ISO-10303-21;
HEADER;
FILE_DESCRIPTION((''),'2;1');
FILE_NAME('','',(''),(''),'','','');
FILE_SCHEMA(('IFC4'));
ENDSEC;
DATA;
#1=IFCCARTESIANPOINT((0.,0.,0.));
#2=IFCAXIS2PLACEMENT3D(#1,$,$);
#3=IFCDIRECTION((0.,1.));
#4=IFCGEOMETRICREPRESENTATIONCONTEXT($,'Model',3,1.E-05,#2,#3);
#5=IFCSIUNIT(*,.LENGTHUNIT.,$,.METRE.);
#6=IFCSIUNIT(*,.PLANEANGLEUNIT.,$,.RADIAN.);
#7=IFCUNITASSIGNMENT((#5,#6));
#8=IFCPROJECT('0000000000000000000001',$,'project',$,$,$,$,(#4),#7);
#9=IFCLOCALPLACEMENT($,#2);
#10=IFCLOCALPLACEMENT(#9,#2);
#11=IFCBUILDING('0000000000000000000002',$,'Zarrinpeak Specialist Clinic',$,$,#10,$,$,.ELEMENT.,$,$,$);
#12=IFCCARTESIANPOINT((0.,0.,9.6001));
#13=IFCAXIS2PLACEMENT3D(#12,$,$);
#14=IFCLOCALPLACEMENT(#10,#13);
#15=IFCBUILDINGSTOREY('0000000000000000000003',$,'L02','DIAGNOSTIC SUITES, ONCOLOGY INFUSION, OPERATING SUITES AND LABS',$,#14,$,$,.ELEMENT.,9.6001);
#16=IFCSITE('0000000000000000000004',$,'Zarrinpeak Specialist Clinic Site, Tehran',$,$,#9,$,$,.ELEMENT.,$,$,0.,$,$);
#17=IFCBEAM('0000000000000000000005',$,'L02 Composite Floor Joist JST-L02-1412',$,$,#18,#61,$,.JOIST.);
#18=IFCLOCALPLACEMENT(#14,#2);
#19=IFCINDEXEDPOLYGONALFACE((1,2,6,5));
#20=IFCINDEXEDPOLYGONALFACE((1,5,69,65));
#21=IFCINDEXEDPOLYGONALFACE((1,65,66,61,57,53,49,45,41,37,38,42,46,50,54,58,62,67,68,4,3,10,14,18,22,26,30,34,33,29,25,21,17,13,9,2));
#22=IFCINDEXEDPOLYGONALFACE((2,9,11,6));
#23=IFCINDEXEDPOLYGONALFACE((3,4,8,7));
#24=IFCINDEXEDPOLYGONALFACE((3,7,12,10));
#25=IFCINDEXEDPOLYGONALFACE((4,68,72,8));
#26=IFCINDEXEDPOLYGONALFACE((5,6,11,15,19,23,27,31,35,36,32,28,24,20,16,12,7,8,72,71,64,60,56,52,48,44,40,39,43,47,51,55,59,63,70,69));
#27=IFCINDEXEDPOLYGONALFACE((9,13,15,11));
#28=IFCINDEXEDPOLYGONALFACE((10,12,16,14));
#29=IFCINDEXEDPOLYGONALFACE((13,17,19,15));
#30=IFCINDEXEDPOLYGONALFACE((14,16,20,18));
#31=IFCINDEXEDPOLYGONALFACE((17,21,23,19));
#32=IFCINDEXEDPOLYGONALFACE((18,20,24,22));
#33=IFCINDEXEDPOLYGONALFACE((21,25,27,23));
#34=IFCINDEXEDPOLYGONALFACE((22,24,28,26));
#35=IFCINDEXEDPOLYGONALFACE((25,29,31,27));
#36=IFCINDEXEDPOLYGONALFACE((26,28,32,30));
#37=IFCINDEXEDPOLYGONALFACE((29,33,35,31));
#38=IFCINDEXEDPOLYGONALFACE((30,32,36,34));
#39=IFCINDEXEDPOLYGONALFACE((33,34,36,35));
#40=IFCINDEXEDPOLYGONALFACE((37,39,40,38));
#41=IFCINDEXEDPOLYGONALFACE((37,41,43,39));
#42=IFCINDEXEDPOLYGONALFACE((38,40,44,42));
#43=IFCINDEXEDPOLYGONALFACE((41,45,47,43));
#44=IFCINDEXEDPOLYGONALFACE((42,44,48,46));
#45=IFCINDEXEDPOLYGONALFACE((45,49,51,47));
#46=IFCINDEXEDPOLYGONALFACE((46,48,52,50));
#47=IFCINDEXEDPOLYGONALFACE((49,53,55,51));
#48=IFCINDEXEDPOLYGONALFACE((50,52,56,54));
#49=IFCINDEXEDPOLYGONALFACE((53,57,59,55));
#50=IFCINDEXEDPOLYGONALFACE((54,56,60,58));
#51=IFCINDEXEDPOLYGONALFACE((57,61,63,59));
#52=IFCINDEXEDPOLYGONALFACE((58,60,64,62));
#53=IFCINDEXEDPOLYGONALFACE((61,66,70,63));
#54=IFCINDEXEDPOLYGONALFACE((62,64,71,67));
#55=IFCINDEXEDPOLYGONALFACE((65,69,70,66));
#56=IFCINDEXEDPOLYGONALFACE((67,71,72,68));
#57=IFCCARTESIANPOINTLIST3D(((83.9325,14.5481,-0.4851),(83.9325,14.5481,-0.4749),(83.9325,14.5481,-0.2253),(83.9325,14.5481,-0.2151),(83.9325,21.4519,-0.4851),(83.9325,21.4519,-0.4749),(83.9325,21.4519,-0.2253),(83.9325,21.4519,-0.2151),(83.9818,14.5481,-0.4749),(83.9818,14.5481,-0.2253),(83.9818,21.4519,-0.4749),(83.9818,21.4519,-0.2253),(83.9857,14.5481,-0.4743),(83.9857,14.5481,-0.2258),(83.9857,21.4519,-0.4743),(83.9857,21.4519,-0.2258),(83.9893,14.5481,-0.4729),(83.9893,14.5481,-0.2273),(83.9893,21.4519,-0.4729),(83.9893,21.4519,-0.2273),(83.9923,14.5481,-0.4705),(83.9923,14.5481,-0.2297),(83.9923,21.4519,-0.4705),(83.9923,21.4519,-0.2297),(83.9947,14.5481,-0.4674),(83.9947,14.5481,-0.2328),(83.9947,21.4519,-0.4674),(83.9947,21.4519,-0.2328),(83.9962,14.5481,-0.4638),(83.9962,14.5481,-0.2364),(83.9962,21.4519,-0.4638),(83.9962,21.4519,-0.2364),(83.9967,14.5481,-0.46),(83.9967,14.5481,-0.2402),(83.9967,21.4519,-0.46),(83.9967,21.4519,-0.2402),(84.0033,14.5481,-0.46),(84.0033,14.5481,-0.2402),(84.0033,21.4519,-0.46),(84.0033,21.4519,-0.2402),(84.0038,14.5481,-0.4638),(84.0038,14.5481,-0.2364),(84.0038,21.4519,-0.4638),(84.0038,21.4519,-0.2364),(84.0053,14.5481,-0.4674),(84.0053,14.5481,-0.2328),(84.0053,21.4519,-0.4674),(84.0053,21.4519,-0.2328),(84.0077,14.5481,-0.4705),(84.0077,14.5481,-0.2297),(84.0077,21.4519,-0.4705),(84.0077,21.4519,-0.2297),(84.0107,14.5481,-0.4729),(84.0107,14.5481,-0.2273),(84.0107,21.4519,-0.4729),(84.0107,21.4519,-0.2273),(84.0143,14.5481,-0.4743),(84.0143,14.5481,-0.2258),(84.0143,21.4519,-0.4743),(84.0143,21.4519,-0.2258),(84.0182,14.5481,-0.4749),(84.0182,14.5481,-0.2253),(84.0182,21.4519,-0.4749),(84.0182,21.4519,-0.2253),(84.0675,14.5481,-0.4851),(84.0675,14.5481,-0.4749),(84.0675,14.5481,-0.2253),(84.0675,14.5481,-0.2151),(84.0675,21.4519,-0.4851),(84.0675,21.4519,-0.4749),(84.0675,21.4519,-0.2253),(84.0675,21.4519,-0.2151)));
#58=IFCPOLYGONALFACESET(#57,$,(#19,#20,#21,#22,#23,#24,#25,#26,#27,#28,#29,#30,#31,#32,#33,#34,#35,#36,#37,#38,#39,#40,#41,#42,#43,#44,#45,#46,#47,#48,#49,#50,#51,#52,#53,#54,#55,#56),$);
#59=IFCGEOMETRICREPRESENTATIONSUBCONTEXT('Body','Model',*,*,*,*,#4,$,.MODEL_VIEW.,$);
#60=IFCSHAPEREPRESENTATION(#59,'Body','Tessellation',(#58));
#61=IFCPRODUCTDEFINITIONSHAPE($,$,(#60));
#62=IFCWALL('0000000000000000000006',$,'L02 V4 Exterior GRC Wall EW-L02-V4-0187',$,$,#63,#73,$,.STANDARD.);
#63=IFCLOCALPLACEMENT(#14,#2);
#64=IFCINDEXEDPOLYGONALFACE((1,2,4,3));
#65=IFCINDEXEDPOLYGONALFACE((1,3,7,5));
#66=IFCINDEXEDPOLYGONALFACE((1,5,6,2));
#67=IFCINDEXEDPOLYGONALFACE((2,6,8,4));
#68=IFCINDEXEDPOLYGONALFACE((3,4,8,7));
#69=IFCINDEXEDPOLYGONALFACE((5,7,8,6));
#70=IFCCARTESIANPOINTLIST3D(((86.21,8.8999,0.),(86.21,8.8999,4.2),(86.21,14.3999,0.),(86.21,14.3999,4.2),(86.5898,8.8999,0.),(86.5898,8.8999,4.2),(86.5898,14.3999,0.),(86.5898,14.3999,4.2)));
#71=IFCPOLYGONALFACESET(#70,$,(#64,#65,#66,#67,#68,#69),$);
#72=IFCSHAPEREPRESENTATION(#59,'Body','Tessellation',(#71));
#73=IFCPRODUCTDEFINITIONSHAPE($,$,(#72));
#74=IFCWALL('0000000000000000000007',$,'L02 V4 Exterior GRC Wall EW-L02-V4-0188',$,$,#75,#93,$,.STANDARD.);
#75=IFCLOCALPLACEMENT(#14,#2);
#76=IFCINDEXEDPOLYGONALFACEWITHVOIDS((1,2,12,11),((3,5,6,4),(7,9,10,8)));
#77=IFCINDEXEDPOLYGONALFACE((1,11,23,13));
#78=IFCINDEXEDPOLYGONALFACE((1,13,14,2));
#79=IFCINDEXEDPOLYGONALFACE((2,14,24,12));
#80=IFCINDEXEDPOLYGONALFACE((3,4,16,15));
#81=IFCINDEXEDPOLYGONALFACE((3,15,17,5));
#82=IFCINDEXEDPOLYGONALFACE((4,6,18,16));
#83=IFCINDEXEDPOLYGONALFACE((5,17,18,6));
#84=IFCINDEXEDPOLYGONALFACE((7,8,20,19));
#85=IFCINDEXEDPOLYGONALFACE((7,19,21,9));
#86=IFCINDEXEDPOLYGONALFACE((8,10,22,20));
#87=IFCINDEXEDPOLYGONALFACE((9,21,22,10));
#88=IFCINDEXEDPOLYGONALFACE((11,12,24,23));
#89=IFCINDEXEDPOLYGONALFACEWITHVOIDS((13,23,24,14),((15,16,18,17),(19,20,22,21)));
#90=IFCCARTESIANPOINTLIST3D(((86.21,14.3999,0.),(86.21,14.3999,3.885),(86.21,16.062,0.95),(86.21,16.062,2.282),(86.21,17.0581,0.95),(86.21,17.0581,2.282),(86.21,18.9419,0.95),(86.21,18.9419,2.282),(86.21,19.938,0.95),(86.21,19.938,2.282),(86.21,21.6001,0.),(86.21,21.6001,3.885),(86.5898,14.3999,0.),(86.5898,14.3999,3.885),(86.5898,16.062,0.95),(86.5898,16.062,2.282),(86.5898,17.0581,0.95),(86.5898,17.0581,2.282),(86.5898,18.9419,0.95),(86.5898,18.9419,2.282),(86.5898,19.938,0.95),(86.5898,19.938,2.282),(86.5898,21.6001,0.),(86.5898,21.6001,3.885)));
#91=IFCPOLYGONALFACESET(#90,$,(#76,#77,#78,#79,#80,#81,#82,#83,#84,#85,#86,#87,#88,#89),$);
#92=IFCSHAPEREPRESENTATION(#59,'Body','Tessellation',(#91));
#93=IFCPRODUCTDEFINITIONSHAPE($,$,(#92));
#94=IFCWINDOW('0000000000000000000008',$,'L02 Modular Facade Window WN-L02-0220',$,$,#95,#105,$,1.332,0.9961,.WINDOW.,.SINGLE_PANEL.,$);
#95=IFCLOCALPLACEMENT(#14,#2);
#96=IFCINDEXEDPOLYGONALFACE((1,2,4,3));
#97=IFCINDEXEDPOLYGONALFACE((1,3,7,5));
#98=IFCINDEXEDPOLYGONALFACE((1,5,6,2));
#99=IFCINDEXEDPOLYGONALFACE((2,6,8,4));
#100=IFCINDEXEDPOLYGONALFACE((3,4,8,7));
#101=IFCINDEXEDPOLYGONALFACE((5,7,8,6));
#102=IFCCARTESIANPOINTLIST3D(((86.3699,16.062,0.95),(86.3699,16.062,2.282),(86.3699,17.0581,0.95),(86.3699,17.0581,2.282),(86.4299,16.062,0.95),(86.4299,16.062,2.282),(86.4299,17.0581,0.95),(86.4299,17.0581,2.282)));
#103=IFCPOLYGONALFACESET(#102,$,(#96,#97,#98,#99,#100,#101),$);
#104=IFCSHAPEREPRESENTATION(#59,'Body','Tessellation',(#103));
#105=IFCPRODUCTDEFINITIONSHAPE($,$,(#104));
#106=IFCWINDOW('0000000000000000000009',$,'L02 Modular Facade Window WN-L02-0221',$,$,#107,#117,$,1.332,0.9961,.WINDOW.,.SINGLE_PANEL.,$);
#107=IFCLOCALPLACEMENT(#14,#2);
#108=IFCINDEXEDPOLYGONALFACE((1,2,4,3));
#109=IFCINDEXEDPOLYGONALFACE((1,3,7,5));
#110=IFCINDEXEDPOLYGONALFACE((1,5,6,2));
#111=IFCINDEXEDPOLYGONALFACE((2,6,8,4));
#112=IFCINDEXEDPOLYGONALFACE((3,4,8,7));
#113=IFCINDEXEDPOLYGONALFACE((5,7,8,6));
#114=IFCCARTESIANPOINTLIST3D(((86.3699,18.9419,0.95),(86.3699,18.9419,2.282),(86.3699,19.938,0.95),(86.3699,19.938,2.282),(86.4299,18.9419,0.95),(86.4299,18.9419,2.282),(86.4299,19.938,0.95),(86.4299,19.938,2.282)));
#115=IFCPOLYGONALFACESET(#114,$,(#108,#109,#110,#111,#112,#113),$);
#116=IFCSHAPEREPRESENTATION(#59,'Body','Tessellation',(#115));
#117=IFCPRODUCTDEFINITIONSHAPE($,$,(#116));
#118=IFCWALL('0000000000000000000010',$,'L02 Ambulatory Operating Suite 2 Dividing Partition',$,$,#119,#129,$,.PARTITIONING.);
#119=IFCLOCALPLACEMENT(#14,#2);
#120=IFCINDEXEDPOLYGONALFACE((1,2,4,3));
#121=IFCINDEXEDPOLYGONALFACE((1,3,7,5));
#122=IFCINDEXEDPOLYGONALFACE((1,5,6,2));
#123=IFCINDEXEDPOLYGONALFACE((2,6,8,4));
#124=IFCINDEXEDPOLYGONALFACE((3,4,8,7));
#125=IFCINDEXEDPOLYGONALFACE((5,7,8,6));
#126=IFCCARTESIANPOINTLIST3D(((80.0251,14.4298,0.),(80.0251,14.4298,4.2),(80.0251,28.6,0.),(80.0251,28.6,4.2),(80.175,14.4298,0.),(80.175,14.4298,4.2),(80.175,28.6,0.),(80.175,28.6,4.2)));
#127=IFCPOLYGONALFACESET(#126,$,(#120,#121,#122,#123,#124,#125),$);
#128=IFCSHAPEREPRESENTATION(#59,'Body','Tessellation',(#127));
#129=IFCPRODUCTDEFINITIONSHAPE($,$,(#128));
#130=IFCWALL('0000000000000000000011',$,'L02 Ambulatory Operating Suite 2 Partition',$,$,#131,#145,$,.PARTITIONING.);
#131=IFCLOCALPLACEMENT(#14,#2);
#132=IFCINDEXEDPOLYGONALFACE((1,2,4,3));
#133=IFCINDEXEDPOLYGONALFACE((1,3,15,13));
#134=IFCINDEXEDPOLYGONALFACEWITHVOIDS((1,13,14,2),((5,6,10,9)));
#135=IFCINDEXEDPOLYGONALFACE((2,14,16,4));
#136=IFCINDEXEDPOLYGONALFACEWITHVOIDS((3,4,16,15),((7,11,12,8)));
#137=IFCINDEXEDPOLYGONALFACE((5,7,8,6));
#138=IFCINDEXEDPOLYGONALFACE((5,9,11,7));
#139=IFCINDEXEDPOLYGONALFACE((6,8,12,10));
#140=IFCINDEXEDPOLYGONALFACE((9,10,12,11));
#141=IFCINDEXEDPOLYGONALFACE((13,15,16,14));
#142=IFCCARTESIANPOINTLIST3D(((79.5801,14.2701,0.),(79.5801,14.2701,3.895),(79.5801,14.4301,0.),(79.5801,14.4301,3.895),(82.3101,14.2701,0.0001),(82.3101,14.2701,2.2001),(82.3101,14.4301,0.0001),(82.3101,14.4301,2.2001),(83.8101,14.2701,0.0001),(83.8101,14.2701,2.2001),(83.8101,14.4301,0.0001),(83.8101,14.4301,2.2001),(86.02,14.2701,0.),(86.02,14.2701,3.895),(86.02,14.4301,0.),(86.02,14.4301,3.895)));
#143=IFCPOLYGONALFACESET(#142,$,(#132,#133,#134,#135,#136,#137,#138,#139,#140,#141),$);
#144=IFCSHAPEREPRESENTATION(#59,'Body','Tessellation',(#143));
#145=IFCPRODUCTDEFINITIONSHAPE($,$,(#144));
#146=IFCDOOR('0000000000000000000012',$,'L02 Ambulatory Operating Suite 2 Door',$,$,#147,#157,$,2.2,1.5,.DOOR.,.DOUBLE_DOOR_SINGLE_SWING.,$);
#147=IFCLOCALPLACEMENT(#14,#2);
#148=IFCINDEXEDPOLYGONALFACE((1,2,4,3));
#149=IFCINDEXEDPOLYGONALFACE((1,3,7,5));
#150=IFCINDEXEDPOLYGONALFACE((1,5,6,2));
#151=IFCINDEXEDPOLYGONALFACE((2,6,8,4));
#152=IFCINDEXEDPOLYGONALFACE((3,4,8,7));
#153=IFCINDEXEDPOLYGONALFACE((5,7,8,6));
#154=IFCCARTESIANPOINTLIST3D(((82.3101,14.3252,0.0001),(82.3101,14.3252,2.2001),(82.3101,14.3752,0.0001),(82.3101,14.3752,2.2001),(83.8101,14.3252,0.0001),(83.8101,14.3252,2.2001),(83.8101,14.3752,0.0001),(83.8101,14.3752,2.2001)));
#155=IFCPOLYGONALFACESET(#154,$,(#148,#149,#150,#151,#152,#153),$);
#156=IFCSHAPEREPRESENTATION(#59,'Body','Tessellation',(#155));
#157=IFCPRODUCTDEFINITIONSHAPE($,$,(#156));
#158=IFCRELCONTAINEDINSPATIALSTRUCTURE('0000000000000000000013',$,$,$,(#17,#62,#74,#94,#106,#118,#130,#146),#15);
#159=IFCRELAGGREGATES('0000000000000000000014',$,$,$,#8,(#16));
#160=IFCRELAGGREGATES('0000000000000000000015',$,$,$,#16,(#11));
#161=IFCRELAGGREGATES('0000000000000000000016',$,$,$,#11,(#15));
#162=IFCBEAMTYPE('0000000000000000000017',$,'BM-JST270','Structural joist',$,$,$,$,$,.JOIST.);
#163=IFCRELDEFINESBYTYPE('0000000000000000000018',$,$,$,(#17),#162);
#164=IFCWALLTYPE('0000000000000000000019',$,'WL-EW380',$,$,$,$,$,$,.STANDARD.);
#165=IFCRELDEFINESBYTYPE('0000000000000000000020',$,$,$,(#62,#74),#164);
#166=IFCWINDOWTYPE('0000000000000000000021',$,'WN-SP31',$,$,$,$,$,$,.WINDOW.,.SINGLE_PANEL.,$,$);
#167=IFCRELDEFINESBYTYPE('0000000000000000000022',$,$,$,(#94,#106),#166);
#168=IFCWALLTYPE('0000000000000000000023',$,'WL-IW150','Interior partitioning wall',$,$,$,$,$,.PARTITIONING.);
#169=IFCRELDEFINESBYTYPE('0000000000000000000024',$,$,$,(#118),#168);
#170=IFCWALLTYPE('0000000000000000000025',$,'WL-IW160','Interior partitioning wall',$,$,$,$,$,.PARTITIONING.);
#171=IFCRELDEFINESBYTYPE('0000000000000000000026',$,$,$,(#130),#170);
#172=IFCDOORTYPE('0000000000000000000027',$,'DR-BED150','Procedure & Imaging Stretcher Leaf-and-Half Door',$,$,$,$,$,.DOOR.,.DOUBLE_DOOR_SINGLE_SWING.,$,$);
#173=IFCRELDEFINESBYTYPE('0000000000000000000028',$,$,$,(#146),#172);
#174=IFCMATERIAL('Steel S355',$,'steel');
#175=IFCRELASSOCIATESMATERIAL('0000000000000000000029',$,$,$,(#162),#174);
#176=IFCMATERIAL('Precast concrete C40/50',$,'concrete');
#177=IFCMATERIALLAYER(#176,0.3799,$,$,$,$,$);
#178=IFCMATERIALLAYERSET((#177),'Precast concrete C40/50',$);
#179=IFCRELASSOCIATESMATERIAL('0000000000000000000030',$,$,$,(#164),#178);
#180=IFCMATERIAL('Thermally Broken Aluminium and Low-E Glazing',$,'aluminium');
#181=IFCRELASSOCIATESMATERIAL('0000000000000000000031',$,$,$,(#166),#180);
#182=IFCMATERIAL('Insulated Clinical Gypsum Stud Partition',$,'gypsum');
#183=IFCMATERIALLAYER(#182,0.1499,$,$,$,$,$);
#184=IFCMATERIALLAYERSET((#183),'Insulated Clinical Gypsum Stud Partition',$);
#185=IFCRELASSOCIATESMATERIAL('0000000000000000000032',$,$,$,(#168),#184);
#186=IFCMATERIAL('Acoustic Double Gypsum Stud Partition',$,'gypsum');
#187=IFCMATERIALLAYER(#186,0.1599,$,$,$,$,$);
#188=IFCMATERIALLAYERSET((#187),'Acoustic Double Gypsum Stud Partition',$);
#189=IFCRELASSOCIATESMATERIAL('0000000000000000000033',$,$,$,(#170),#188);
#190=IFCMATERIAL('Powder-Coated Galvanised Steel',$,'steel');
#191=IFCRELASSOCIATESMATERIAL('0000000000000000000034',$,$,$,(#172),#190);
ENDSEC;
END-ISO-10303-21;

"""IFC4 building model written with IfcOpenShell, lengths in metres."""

from ifc_helpers import new_model, si_unit, direction, frame, frame_2d, origin, origin_2d, place, context, subcontext, project, spatial, rectangle, i_section, extrude, material, layer, layer_set, material_profile, profile_set, type_object, element, fill, save


model = new_model("IFC4")

# Units and contexts
model_context = context("Model", 3, precision=1e-05, world=origin(), true_north=direction((0.0, 1.0)))
body_context = subcontext(model_context, "Body", "Model", "MODEL_VIEW")
ifc_project = project(units=[si_unit("LENGTHUNIT", "METRE"), si_unit("PLANEANGLEUNIT", "RADIAN")], contexts=[model_context])

# Site, building, storey
site_placement = place(None, origin())
site = spatial("IfcSite", under=ifc_project, at=site_placement, Name="Zarrinpeak Specialist Clinic Site, Tehran", CompositionType="ELEMENT", RefElevation=0.0)
building_placement = place(site_placement, origin())
building = spatial("IfcBuilding", under=site, at=building_placement, Name="Zarrinpeak Specialist Clinic", CompositionType="ELEMENT")
storey_placement = place(building_placement, frame((0.0, 0.0, 9.6001)))
storey = spatial("IfcBuildingStorey", under=building, at=storey_placement, Name="L02", Description="DIAGNOSTIC SUITES, ONCOLOGY INFUSION, OPERATING SUITES AND LABS", CompositionType="ELEMENT", Elevation=9.6001)

# Shared definitions
ifc_material_1 = material(Name="Steel S355", Category="steel")

# Beam
ifc_material_profile_1 = material_profile(ifc_material_1, i_section(OverallWidth=0.135, OverallDepth=0.27, WebThickness=0.0066, FlangeThickness=0.0103, FilletRadius=0.0149, at=origin_2d()), Name="IPE 270")
ifc_profile_set_1 = profile_set([ifc_material_profile_1], Name="Steel S355")
beam_type_1 = type_object("IfcBeamType", Name="BM-JST270", Description="Structural joist", PredefinedType="JOIST", material=ifc_profile_set_1)
for number, where, z_axis, x_axis, name in (
    (1, (84.0, 14.5481, -0.3501), (0.0, 1.0, 0.0), (-1.0, 0.0, 0.0), "L02 Composite Floor Joist JST-L02-1412"),
):
    element("IfcBeam", number, at=place(storey_placement, frame(where, z_axis=z_axis, x_axis=x_axis)), inside=storey, type_object=beam_type_1, Name=name, PredefinedType="JOIST", context=body_context, shape_type="SweptSolid", body=[
        extrude(i_section(OverallWidth=0.135, OverallDepth=0.27, WebThickness=0.0066, FlangeThickness=0.0103, FilletRadius=0.0149, at=origin_2d()), origin(), (0.0, 0.0, 1.0), 6.9038),
    ])

# Shared definitions
ifc_material_2 = material(Name="Powder-Coated Galvanised Steel", Category="steel")

# Wall
ifc_material_3 = material(Name="Precast concrete C40/50", Category="concrete")
ifc_layer_1 = layer(ifc_material_3, 0.3799)
ifc_layer_set_1 = layer_set([ifc_layer_1], Name="Precast concrete C40/50")
wall_type_1 = type_object("IfcWallType", Name="WL-EW380", PredefinedType="STANDARD", material=ifc_layer_set_1)
wall_1_placement = place(storey_placement, frame((86.3999, 8.8999, 0.0), z_axis=(0.0, 0.0, 1.0), x_axis=(0.0, 1.0, 0.0)))
element("IfcWall", 2, at=wall_1_placement, inside=storey, type_object=wall_type_1, Name="L02 V4 Exterior GRC Wall EW-L02-V4-0187", PredefinedType="STANDARD", context=body_context, shape_type="SweptSolid", body=[
    extrude(rectangle(XDim=5.5, YDim=0.3799, at=frame_2d((2.75, 0.0))), origin(), (0.0, 0.0, 1.0), 4.2),
])

# Wall, openings, windows
wall_2_placement = place(storey_placement, frame((86.3999, 14.3999, 0.0), z_axis=(0.0, 0.0, 1.0), x_axis=(0.0, 1.0, 0.0)))
wall_2 = element("IfcWall", 3, at=wall_2_placement, inside=storey, type_object=wall_type_1, Name="L02 V4 Exterior GRC Wall EW-L02-V4-0188", PredefinedType="STANDARD", context=body_context, shape_type="SweptSolid", body=[
    extrude(rectangle(XDim=7.2002, YDim=0.3799, at=frame_2d((3.6001, 0.0))), origin(), (0.0, 0.0, 1.0), 3.885),
])
opening_1_placement = place(wall_2_placement, frame((1.6621, 0.0, 0.95)))
opening_1 = element("IfcOpeningElement", 4, at=opening_1_placement, cuts=wall_2, PredefinedType="OPENING", context=body_context, shape_type="SweptSolid", body=[
    extrude(rectangle(XDim=0.9961, YDim=1.332, at=frame_2d((0.498, 0.666))), frame((0.0, 0.2, 0.0), z_axis=(0.0, -1.0, 0.0), x_axis=(1.0, 0.0, 0.0)), (0.0, 0.0, 1.0), 0.3999),
])
opening_2_placement = place(wall_2_placement, frame((4.542, 0.0, 0.95)))
opening_2 = element("IfcOpeningElement", 5, at=opening_2_placement, cuts=wall_2, PredefinedType="OPENING", context=body_context, shape_type="SweptSolid", body=[
    extrude(rectangle(XDim=0.9961, YDim=1.332, at=frame_2d((0.498, 0.666))), frame((0.0, 0.2, 0.0), z_axis=(0.0, -1.0, 0.0), x_axis=(1.0, 0.0, 0.0)), (0.0, 0.0, 1.0), 0.3999),
])
ifc_material_4 = material(Name="Thermally Broken Aluminium and Low-E Glazing", Category="aluminium")
window_type = type_object("IfcWindowType", Name="WN-SP31", PartitioningType="SINGLE_PANEL", PredefinedType="WINDOW", material=ifc_material_4)
window_1_placement = place(opening_1_placement, origin())
window_1 = element("IfcWindow", 6, at=window_1_placement, inside=storey, type_object=window_type, Name="L02 Modular Facade Window WN-L02-0220", OverallHeight=1.332, OverallWidth=0.9961, PartitioningType="SINGLE_PANEL", PredefinedType="WINDOW", context=body_context, shape_type="SweptSolid", body=[
    extrude(rectangle(XDim=0.9961, YDim=1.332, at=frame_2d((0.498, 0.666))), frame((0.0, 0.03, 0.0), z_axis=(0.0, -1.0, 0.0), x_axis=(1.0, 0.0, 0.0)), (0.0, 0.0, 1.0), 0.0601),
])
fill(opening_1, window_1)
window_2_placement = place(opening_2_placement, origin())
window_2 = element("IfcWindow", 7, at=window_2_placement, inside=storey, type_object=window_type, Name="L02 Modular Facade Window WN-L02-0221", OverallHeight=1.332, OverallWidth=0.9961, PartitioningType="SINGLE_PANEL", PredefinedType="WINDOW", context=body_context, shape_type="SweptSolid", body=[
    extrude(rectangle(XDim=0.9961, YDim=1.332, at=frame_2d((0.498, 0.666))), frame((0.0, 0.03, 0.0), z_axis=(0.0, -1.0, 0.0), x_axis=(1.0, 0.0, 0.0)), (0.0, 0.0, 1.0), 0.0601),
])
fill(opening_2, window_2)

# Wall
ifc_material_5 = material(Name="Insulated Clinical Gypsum Stud Partition", Category="gypsum")
ifc_layer_2 = layer(ifc_material_5, 0.1499)
ifc_layer_set_2 = layer_set([ifc_layer_2], Name="Insulated Clinical Gypsum Stud Partition")
wall_type_2 = type_object("IfcWallType", Name="WL-IW150", Description="Interior partitioning wall", PredefinedType="PARTITIONING", material=ifc_layer_set_2)
wall_3_placement = place(storey_placement, frame((80.1001, 14.4299, 0.0), z_axis=(0.0, 0.0, 1.0), x_axis=(0.0, 1.0, 0.0)))
element("IfcWall", 8, at=wall_3_placement, inside=storey, type_object=wall_type_2, Name="L02 Ambulatory Operating Suite 2 Dividing Partition", PredefinedType="PARTITIONING", context=body_context, shape_type="SweptSolid", body=[
    extrude(rectangle(XDim=14.1702, YDim=0.1499, at=frame_2d((7.085, 0.0))), origin(), (0.0, 0.0, 1.0), 4.2),
])

# Wall, opening, door
ifc_material_6 = material(Name="Acoustic Double Gypsum Stud Partition", Category="gypsum")
ifc_layer_3 = layer(ifc_material_6, 0.1599)
ifc_layer_set_3 = layer_set([ifc_layer_3], Name="Acoustic Double Gypsum Stud Partition")
wall_type_3 = type_object("IfcWallType", Name="WL-IW160", Description="Interior partitioning wall", PredefinedType="PARTITIONING", material=ifc_layer_set_3)
wall_4_placement = place(storey_placement, frame((79.5801, 14.3501, 0.0), z_axis=(0.0, 0.0, 1.0), x_axis=(1.0, 0.0, 0.0)))
wall_4 = element("IfcWall", 9, at=wall_4_placement, inside=storey, type_object=wall_type_3, Name="L02 Ambulatory Operating Suite 2 Partition", PredefinedType="PARTITIONING", context=body_context, shape_type="SweptSolid", body=[
    extrude(rectangle(XDim=6.4399, YDim=0.1599, at=frame_2d((3.22, 0.0))), origin(), (0.0, 0.0, 1.0), 3.895),
])
opening_3_placement = place(wall_4_placement, frame((2.73, 0.0, 0.0)))
opening_3 = element("IfcOpeningElement", 10, at=opening_3_placement, cuts=wall_4, PredefinedType="OPENING", context=body_context, shape_type="SweptSolid", body=[
    extrude(rectangle(XDim=1.5, YDim=2.2, at=frame_2d((0.75, 1.1001))), frame((0.0, 0.0898, 0.0), z_axis=(0.0, -1.0, 0.0), x_axis=(1.0, 0.0, 0.0)), (0.0, 0.0, 1.0), 0.1799),
])
door_type_1 = type_object("IfcDoorType", Name="DR-BED150", Description="Procedure & Imaging Stretcher Leaf-and-Half Door", OperationType="DOUBLE_DOOR_SINGLE_SWING", PredefinedType="DOOR", material=ifc_material_2)
door_1_placement = place(opening_3_placement, frame((1.5, 0.0, 0.0), z_axis=(0.0, 0.0, 1.0), x_axis=(-1.0, 0.0, 0.0)))
door_1 = element("IfcDoor", 11, at=door_1_placement, inside=storey, type_object=door_type_1, Name="L02 Ambulatory Operating Suite 2 Door", OperationType="DOUBLE_DOOR_SINGLE_SWING", OverallHeight=2.2, OverallWidth=1.5, PredefinedType="DOOR", context=body_context, shape_type="SweptSolid", body=[
    extrude(rectangle(XDim=1.5, YDim=2.2, at=frame_2d((0.75, 1.1001))), frame((0.0, 0.0249, 0.0), z_axis=(0.0, -1.0, 0.0), x_axis=(1.0, 0.0, 0.0)), (0.0, 0.0, 1.0), 0.05),
])
fill(opening_3, door_1)

save(model, "model.ifc")
